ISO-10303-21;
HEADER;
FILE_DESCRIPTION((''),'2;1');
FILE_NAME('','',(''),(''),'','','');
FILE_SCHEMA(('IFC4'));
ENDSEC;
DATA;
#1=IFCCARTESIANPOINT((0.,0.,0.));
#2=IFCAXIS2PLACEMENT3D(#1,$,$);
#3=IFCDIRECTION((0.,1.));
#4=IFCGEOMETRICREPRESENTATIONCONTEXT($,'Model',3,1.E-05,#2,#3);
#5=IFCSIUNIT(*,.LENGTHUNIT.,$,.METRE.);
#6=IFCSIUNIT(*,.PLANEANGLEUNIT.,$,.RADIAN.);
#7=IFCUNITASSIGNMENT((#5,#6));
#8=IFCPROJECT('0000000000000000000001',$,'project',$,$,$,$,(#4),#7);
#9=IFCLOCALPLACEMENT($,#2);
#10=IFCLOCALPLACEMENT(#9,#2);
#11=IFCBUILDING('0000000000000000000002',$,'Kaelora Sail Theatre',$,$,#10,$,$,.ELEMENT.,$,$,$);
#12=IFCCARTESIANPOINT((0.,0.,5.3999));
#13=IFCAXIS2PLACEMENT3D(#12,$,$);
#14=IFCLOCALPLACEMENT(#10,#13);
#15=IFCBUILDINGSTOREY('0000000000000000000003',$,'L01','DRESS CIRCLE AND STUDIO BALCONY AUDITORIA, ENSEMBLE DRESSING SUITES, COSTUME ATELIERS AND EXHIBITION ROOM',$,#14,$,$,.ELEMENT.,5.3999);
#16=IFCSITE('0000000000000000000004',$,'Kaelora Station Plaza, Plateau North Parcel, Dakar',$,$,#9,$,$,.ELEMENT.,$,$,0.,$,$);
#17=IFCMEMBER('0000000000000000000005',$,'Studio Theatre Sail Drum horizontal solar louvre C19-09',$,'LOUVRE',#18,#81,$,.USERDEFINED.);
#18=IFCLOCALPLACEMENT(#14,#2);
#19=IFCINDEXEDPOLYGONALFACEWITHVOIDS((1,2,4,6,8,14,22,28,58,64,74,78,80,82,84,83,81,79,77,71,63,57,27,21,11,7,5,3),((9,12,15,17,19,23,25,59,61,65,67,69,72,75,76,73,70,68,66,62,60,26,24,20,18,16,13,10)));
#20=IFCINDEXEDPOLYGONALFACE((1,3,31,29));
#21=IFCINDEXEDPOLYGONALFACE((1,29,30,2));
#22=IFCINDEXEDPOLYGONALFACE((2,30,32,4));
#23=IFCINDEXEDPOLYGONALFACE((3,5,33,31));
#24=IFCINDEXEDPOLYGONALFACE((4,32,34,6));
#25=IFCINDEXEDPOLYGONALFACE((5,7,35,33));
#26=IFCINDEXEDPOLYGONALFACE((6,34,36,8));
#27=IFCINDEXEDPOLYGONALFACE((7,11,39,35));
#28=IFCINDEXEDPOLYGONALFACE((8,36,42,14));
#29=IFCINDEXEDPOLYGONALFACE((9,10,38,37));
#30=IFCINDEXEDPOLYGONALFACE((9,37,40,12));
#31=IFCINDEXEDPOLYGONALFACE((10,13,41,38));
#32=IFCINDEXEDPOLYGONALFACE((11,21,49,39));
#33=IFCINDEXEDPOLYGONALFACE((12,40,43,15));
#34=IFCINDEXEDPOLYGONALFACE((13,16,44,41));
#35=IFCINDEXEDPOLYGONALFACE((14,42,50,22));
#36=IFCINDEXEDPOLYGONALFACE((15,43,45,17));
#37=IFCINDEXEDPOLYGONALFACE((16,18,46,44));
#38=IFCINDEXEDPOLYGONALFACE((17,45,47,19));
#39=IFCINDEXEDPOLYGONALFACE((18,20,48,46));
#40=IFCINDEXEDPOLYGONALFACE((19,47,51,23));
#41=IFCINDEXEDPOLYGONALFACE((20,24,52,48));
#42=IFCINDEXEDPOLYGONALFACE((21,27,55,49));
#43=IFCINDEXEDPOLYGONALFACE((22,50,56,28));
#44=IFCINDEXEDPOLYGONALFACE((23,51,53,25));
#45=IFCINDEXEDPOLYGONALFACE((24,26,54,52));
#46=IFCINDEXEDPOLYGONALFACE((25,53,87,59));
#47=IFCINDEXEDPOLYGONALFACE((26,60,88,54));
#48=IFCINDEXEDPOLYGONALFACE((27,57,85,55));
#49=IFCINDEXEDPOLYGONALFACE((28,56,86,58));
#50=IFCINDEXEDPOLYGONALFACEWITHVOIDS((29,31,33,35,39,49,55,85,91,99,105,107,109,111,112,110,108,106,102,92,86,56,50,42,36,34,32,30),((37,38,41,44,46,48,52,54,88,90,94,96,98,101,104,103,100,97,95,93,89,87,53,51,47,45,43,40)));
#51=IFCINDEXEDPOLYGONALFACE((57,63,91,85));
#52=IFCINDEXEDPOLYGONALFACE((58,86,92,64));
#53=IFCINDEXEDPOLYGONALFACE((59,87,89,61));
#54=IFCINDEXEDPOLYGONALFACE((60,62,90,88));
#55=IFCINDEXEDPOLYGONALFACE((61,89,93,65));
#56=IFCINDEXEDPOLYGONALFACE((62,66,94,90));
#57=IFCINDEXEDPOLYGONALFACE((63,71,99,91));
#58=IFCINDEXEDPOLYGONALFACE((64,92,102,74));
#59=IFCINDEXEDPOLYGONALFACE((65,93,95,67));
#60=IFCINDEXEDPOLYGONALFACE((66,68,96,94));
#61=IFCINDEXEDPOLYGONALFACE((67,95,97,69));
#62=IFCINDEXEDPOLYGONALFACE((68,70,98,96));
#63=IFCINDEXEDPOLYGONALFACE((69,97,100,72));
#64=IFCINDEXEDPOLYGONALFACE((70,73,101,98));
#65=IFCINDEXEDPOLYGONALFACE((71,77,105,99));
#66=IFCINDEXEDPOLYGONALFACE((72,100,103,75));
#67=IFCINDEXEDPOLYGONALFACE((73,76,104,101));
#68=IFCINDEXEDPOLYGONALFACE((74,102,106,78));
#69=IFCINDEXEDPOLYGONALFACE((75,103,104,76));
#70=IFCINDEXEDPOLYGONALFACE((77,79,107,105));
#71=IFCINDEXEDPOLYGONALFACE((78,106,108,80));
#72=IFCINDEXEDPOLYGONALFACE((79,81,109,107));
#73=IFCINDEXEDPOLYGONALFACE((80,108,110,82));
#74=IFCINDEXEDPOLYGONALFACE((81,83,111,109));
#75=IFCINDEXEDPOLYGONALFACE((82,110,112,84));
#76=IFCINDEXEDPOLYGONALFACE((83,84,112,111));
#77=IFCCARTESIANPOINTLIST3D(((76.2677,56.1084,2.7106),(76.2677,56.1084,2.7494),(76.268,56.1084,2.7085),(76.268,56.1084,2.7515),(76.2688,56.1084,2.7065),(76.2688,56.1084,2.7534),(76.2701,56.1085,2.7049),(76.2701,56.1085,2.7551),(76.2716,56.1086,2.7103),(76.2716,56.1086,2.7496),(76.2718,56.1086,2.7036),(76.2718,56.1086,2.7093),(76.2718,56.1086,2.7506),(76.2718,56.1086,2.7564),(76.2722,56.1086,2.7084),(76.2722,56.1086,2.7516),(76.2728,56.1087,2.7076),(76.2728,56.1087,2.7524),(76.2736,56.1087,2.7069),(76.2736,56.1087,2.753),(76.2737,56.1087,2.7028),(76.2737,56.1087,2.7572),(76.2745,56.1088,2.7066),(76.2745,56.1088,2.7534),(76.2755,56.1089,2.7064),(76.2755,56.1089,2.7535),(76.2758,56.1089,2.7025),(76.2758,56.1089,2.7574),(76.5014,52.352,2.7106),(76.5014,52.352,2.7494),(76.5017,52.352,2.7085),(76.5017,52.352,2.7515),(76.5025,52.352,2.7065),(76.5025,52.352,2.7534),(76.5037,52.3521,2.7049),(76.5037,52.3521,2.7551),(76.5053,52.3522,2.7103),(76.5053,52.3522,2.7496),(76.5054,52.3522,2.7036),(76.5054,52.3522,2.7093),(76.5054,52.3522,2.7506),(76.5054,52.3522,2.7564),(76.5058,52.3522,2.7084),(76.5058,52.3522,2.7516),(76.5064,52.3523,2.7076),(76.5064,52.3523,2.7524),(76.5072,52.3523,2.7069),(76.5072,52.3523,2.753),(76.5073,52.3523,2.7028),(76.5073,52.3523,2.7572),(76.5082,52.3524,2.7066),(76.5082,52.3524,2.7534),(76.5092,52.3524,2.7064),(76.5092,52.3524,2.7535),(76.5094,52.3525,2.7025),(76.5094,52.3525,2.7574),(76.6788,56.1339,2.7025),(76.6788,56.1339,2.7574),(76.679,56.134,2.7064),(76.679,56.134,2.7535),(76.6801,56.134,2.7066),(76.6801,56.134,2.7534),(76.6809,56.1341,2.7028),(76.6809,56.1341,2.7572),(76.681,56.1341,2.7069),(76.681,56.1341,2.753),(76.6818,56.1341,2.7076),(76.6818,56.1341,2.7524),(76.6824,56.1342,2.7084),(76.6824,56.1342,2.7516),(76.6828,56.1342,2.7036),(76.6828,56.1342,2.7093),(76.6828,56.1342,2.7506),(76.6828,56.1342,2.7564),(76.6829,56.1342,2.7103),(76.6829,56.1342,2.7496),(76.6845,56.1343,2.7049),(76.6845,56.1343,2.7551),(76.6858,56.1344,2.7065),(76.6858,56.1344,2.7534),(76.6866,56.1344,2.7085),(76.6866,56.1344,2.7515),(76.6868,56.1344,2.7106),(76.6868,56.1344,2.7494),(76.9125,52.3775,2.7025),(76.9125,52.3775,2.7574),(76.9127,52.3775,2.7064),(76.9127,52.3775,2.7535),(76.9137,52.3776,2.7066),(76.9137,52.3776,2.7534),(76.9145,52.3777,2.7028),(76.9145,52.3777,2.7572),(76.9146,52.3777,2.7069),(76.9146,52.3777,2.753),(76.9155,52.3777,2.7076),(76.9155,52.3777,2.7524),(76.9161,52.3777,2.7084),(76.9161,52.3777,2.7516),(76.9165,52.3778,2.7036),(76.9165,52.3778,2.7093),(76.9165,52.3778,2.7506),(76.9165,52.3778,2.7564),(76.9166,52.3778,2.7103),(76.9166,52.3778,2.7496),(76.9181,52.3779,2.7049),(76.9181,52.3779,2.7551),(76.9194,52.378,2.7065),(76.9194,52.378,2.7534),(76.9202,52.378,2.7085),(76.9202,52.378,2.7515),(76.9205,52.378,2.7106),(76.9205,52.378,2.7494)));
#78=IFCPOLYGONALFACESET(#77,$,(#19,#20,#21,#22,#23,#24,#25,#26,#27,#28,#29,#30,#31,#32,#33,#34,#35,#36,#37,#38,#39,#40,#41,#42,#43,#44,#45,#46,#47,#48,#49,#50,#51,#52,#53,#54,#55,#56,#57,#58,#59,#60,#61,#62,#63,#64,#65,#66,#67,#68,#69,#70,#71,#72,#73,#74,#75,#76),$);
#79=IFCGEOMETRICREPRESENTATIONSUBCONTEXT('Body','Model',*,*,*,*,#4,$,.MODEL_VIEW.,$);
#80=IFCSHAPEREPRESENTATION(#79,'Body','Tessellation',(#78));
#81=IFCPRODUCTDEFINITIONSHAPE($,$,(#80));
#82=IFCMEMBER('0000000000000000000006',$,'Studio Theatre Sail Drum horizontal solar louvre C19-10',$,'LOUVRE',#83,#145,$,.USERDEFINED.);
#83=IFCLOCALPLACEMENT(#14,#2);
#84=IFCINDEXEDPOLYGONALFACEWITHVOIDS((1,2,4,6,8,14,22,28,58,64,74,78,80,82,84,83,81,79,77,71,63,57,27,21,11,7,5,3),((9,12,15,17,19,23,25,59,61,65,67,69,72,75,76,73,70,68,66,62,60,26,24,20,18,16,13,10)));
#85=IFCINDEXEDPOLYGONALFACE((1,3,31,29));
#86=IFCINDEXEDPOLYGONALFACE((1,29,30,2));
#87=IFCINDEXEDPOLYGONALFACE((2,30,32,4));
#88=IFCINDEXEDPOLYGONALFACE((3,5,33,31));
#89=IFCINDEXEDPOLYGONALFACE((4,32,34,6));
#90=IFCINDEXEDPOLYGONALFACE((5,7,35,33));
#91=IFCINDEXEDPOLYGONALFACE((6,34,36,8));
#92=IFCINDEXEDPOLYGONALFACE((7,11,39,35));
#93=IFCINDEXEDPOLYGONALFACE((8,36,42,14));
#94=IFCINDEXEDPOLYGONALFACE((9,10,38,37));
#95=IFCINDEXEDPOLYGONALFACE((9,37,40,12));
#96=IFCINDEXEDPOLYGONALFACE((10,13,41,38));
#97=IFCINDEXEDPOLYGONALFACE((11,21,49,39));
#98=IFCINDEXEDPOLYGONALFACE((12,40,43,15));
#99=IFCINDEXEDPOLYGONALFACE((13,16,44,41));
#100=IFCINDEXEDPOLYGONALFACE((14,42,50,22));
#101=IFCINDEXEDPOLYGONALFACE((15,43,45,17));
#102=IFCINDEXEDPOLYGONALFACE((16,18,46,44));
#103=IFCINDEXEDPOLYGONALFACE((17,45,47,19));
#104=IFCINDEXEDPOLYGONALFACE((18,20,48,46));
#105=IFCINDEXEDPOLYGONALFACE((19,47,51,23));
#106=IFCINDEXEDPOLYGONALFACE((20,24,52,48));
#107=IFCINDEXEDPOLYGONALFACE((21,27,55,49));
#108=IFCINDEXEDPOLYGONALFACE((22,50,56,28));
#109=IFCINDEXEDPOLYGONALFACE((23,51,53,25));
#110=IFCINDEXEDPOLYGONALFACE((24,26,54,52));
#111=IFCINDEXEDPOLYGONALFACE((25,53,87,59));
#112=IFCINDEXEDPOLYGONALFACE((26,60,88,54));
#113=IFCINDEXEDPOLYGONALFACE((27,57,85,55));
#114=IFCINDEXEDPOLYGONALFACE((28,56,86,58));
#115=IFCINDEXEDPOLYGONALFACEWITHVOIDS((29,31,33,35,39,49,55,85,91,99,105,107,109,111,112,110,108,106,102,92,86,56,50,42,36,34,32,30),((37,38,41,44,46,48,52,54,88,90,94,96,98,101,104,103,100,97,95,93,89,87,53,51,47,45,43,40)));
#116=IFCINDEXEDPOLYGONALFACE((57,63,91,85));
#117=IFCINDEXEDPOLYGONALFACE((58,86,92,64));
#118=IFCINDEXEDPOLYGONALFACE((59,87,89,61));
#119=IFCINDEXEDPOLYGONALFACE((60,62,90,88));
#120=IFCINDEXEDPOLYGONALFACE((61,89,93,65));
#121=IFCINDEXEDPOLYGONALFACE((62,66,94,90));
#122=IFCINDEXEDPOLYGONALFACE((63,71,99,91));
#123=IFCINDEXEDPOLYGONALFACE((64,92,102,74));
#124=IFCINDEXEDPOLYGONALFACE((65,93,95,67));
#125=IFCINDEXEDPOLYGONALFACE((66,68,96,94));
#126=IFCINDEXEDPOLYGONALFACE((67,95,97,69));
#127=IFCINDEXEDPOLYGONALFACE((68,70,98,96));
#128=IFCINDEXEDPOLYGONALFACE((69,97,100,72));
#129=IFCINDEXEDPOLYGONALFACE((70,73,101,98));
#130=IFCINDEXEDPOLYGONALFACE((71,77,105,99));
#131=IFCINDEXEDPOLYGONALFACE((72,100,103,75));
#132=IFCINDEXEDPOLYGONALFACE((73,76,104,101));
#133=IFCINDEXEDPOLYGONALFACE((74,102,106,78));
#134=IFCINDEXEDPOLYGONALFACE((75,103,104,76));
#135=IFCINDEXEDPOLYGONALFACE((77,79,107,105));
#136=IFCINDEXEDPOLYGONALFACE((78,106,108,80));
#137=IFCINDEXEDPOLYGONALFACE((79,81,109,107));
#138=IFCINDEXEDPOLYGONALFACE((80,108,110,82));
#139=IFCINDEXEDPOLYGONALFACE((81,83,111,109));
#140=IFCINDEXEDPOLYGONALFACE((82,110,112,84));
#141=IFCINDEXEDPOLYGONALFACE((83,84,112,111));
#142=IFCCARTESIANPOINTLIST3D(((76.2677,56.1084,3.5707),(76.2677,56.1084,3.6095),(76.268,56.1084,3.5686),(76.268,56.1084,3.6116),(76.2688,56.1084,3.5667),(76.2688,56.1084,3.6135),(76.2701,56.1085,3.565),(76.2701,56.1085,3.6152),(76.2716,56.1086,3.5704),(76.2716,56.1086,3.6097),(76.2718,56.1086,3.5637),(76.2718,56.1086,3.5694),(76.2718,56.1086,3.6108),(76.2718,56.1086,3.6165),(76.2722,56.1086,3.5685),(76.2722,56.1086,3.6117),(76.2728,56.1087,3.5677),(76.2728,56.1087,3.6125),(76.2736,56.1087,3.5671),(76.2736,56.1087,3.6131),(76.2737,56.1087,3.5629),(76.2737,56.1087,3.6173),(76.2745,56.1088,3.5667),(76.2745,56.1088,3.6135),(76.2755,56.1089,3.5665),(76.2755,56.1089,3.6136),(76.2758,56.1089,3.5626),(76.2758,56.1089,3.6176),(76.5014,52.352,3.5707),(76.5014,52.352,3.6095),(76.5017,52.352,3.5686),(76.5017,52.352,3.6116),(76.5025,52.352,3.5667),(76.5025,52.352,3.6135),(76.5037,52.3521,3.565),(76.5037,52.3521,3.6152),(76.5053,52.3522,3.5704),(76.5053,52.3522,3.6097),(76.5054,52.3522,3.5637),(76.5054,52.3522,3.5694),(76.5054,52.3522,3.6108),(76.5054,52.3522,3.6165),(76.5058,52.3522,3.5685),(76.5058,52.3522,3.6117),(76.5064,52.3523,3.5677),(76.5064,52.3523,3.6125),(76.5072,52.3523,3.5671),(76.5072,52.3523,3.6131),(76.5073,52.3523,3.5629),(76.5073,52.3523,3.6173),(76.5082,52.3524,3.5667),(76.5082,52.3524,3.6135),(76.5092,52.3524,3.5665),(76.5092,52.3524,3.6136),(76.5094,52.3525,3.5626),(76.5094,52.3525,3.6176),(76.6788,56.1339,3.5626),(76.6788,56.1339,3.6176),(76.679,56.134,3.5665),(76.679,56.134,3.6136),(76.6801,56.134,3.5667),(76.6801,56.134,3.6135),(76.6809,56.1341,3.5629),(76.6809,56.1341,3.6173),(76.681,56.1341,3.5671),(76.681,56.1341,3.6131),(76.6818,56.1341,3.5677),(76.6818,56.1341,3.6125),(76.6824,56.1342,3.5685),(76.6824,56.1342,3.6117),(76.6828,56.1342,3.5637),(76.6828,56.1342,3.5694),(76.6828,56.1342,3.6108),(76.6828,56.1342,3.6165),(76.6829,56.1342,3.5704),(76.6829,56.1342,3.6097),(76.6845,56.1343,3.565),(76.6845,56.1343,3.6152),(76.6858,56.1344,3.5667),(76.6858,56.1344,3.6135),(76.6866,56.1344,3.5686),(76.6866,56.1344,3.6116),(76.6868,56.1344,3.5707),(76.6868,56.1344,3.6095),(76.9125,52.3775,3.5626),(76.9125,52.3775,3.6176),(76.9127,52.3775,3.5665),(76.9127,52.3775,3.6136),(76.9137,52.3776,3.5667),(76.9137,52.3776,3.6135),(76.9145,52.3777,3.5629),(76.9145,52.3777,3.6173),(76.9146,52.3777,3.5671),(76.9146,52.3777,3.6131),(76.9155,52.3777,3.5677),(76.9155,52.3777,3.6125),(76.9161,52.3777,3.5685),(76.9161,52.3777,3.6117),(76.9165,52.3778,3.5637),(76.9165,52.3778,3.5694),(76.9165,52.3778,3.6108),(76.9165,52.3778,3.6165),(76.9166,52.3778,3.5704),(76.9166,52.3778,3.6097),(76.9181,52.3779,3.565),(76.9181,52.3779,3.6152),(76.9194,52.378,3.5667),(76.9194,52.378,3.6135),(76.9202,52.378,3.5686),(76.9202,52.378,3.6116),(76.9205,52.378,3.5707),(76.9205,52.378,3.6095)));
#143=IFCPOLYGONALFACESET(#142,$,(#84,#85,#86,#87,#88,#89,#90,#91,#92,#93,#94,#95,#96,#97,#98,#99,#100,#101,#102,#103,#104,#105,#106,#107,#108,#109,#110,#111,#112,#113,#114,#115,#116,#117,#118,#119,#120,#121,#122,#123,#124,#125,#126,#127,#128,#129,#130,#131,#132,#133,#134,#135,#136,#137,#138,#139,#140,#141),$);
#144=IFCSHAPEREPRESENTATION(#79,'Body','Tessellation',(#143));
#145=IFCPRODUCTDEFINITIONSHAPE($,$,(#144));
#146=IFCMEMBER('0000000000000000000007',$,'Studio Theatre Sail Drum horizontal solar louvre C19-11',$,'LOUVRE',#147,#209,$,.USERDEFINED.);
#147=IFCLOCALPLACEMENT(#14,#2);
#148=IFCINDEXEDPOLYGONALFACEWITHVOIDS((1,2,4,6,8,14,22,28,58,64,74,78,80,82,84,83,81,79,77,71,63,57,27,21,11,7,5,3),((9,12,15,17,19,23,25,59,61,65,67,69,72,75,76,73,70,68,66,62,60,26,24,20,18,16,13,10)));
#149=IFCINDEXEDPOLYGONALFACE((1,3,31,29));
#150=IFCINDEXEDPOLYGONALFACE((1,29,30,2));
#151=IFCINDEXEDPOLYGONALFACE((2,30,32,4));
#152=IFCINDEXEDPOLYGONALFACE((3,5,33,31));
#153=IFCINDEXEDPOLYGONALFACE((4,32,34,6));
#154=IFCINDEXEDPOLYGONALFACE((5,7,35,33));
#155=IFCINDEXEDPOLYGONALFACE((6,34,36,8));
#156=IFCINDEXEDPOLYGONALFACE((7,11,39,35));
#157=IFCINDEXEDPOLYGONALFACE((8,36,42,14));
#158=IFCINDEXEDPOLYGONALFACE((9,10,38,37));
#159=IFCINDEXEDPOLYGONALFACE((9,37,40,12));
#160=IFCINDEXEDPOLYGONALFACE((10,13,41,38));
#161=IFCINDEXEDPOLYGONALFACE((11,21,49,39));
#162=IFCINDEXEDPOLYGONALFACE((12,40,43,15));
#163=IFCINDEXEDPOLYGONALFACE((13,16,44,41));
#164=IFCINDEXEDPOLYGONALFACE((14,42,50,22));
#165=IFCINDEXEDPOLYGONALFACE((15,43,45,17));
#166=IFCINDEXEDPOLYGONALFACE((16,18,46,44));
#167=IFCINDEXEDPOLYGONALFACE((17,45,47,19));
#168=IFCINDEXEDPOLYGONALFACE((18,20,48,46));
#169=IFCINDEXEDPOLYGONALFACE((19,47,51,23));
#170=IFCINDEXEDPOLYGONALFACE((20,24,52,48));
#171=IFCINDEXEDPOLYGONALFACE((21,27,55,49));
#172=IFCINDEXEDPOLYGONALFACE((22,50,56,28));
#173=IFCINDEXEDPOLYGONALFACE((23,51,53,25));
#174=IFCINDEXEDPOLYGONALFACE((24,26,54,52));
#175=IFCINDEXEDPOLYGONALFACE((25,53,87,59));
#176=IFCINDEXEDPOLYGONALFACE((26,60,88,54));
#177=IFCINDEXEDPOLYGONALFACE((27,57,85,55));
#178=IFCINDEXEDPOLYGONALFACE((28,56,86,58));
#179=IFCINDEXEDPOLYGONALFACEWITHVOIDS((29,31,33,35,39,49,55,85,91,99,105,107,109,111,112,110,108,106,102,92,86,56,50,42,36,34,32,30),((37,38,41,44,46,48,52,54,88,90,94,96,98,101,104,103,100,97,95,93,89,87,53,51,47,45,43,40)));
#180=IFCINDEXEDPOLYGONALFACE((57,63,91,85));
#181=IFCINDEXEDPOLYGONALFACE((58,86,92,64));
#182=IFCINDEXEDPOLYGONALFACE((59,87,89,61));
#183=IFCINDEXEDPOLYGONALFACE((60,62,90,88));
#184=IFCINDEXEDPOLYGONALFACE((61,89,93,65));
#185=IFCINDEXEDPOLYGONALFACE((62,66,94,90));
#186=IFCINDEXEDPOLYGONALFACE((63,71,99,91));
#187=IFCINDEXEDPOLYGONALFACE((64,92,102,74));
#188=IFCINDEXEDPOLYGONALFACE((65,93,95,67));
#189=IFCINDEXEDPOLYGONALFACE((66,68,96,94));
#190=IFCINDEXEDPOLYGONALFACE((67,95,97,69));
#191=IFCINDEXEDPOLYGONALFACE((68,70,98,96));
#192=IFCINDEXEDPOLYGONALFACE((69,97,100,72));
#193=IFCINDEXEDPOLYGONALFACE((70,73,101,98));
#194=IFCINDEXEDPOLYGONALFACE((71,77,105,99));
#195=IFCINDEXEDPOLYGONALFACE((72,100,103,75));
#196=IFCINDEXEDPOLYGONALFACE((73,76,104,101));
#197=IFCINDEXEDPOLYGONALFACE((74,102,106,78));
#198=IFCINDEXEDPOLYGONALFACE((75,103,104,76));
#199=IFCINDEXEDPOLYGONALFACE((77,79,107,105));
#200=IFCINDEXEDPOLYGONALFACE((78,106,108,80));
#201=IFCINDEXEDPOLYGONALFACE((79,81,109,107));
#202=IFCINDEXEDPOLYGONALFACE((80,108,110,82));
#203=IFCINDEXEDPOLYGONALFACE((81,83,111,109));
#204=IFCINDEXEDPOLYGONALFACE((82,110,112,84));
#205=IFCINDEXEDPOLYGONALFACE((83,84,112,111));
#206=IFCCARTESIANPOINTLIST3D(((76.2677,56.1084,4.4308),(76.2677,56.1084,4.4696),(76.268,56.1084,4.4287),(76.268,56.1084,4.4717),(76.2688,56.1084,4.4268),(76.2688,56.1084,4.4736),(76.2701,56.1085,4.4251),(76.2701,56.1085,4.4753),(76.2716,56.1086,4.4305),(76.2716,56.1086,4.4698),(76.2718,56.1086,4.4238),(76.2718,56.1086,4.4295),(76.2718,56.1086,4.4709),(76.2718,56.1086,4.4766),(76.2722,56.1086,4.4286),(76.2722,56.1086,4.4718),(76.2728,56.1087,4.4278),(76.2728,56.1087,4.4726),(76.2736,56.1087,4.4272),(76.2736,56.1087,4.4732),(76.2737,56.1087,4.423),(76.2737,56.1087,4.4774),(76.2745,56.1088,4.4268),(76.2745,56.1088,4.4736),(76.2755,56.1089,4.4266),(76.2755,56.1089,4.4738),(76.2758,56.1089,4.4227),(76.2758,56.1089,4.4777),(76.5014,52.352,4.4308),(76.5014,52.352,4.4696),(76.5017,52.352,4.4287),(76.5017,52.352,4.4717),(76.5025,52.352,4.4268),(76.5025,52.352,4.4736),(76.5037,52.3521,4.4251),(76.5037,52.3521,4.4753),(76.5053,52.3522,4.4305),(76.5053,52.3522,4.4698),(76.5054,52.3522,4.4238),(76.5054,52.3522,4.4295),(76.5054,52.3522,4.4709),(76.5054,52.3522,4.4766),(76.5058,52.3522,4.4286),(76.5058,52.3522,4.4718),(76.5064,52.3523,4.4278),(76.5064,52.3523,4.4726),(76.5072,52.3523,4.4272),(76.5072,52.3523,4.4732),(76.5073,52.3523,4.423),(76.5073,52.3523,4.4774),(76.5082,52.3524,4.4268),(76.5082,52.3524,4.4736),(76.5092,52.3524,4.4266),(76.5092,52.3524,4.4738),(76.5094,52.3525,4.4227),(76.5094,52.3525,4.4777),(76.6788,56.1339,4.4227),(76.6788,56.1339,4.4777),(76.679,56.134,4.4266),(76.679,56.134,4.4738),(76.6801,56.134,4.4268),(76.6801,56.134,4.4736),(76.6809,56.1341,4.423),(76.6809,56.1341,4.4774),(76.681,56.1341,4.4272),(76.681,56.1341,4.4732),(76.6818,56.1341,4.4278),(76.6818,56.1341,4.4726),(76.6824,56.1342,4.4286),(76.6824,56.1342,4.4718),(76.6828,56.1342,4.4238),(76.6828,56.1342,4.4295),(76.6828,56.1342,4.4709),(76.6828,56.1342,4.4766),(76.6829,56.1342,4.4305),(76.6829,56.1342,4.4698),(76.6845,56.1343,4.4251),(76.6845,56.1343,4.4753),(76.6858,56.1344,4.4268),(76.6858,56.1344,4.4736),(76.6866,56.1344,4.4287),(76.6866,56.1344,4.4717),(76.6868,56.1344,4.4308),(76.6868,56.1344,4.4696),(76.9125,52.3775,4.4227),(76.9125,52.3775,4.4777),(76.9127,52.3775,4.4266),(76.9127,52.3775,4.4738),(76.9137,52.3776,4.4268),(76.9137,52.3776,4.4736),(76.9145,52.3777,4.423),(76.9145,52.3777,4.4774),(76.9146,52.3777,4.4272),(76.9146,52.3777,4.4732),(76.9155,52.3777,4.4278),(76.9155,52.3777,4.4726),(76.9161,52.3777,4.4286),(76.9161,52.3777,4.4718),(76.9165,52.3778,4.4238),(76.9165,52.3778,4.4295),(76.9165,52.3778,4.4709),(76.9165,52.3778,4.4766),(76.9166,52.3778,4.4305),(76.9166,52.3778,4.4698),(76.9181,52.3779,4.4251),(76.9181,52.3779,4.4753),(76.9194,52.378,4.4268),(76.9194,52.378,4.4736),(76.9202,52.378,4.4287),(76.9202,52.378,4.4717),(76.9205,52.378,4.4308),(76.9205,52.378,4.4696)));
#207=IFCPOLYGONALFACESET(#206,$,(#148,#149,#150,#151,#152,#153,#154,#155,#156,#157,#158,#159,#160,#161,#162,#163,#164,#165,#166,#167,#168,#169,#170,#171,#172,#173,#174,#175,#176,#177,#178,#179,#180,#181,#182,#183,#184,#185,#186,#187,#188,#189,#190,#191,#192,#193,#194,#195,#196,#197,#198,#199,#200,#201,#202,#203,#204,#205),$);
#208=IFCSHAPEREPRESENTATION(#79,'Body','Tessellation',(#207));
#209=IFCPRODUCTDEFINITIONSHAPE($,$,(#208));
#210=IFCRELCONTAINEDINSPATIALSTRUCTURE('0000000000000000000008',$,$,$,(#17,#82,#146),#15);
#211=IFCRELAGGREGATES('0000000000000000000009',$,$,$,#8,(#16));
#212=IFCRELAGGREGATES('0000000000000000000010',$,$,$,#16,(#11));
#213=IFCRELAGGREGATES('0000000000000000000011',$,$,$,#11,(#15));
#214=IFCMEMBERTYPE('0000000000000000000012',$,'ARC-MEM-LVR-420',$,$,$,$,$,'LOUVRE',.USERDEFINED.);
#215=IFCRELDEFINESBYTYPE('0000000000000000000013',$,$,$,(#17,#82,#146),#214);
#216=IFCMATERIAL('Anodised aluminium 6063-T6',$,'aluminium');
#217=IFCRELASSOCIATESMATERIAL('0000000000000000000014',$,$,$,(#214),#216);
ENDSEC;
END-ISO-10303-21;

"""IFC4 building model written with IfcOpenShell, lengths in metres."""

from ifc_helpers import new_model, si_unit, direction, frame, origin, origin_2d, place, context, subcontext, project, spatial, hollow_rectangle, extrude, material, material_profile, profile_set, type_object, element, save


model = new_model("IFC4")

# Units and contexts
model_context = context("Model", 3, precision=1e-05, world=origin(), true_north=direction((0.0, 1.0)))
body_context = subcontext(model_context, "Body", "Model", "MODEL_VIEW")
ifc_project = project(units=[si_unit("LENGTHUNIT", "METRE"), si_unit("PLANEANGLEUNIT", "RADIAN")], contexts=[model_context])

# Site, building, storey
site_placement = place(None, origin())
site = spatial("IfcSite", under=ifc_project, at=site_placement, Name="Kaelora Station Plaza, Plateau North Parcel, Dakar", CompositionType="ELEMENT", RefElevation=0.0)
building_placement = place(site_placement, origin())
building = spatial("IfcBuilding", under=site, at=building_placement, Name="Kaelora Sail Theatre", CompositionType="ELEMENT")
storey_placement = place(building_placement, frame((0.0, 0.0, 5.3999)))
storey = spatial("IfcBuildingStorey", under=building, at=storey_placement, Name="L01", Description="DRESS CIRCLE AND STUDIO BALCONY AUDITORIA, ENSEMBLE DRESSING SUITES, COSTUME ATELIERS AND EXHIBITION ROOM", CompositionType="ELEMENT", Elevation=5.3999)

# Members
ifc_material_1 = material(Name="Anodised aluminium 6063-T6", Category="aluminium")
ifc_material_profile_1 = material_profile(ifc_material_1, hollow_rectangle(XDim=0.4199, YDim=0.0549, WallThickness=0.0039, InnerFilletRadius=0.0039, OuterFilletRadius=0.0081, at=origin_2d()), Name="LOUVRE 420x55x4")
ifc_profile_set_1 = profile_set([ifc_material_profile_1], Name="Anodised aluminium 6063-T6")
member_type_1 = type_object("IfcMemberType", Name="ARC-MEM-LVR-420", ElementType="LOUVRE", PredefinedType="USERDEFINED", material=ifc_profile_set_1)
for number, where, z_axis, x_axis, name in (
    (1, (76.7109, 52.365, 2.73), (-0.062079, 0.998071, 0.0), (-0.998071, -0.062079, 0.0), "Studio Theatre Sail Drum horizontal solar louvre C19-09"),
    (2, (76.7109, 52.365, 3.5901), (-0.062079, 0.998071, 0.0), (-0.998071, -0.062079, 0.0), "Studio Theatre Sail Drum horizontal solar louvre C19-10"),
    (3, (76.7109, 52.365, 4.4502), (-0.062079, 0.998071, 0.0), (-0.998071, -0.062079, 0.0), "Studio Theatre Sail Drum horizontal solar louvre C19-11"),
):
    element("IfcMember", number, at=place(storey_placement, frame(where, z_axis=z_axis, x_axis=x_axis)), inside=storey, type_object=member_type_1, Name=name, ObjectType="LOUVRE", PredefinedType="USERDEFINED", context=body_context, shape_type="SweptSolid", body=[
        extrude(hollow_rectangle(XDim=0.4199, YDim=0.0549, WallThickness=0.0039, InnerFilletRadius=0.0039, OuterFilletRadius=0.0081, at=origin_2d()), origin(), (0.0, 0.0, 1.0), 3.7637),
    ])

save(model, "model.ifc")
